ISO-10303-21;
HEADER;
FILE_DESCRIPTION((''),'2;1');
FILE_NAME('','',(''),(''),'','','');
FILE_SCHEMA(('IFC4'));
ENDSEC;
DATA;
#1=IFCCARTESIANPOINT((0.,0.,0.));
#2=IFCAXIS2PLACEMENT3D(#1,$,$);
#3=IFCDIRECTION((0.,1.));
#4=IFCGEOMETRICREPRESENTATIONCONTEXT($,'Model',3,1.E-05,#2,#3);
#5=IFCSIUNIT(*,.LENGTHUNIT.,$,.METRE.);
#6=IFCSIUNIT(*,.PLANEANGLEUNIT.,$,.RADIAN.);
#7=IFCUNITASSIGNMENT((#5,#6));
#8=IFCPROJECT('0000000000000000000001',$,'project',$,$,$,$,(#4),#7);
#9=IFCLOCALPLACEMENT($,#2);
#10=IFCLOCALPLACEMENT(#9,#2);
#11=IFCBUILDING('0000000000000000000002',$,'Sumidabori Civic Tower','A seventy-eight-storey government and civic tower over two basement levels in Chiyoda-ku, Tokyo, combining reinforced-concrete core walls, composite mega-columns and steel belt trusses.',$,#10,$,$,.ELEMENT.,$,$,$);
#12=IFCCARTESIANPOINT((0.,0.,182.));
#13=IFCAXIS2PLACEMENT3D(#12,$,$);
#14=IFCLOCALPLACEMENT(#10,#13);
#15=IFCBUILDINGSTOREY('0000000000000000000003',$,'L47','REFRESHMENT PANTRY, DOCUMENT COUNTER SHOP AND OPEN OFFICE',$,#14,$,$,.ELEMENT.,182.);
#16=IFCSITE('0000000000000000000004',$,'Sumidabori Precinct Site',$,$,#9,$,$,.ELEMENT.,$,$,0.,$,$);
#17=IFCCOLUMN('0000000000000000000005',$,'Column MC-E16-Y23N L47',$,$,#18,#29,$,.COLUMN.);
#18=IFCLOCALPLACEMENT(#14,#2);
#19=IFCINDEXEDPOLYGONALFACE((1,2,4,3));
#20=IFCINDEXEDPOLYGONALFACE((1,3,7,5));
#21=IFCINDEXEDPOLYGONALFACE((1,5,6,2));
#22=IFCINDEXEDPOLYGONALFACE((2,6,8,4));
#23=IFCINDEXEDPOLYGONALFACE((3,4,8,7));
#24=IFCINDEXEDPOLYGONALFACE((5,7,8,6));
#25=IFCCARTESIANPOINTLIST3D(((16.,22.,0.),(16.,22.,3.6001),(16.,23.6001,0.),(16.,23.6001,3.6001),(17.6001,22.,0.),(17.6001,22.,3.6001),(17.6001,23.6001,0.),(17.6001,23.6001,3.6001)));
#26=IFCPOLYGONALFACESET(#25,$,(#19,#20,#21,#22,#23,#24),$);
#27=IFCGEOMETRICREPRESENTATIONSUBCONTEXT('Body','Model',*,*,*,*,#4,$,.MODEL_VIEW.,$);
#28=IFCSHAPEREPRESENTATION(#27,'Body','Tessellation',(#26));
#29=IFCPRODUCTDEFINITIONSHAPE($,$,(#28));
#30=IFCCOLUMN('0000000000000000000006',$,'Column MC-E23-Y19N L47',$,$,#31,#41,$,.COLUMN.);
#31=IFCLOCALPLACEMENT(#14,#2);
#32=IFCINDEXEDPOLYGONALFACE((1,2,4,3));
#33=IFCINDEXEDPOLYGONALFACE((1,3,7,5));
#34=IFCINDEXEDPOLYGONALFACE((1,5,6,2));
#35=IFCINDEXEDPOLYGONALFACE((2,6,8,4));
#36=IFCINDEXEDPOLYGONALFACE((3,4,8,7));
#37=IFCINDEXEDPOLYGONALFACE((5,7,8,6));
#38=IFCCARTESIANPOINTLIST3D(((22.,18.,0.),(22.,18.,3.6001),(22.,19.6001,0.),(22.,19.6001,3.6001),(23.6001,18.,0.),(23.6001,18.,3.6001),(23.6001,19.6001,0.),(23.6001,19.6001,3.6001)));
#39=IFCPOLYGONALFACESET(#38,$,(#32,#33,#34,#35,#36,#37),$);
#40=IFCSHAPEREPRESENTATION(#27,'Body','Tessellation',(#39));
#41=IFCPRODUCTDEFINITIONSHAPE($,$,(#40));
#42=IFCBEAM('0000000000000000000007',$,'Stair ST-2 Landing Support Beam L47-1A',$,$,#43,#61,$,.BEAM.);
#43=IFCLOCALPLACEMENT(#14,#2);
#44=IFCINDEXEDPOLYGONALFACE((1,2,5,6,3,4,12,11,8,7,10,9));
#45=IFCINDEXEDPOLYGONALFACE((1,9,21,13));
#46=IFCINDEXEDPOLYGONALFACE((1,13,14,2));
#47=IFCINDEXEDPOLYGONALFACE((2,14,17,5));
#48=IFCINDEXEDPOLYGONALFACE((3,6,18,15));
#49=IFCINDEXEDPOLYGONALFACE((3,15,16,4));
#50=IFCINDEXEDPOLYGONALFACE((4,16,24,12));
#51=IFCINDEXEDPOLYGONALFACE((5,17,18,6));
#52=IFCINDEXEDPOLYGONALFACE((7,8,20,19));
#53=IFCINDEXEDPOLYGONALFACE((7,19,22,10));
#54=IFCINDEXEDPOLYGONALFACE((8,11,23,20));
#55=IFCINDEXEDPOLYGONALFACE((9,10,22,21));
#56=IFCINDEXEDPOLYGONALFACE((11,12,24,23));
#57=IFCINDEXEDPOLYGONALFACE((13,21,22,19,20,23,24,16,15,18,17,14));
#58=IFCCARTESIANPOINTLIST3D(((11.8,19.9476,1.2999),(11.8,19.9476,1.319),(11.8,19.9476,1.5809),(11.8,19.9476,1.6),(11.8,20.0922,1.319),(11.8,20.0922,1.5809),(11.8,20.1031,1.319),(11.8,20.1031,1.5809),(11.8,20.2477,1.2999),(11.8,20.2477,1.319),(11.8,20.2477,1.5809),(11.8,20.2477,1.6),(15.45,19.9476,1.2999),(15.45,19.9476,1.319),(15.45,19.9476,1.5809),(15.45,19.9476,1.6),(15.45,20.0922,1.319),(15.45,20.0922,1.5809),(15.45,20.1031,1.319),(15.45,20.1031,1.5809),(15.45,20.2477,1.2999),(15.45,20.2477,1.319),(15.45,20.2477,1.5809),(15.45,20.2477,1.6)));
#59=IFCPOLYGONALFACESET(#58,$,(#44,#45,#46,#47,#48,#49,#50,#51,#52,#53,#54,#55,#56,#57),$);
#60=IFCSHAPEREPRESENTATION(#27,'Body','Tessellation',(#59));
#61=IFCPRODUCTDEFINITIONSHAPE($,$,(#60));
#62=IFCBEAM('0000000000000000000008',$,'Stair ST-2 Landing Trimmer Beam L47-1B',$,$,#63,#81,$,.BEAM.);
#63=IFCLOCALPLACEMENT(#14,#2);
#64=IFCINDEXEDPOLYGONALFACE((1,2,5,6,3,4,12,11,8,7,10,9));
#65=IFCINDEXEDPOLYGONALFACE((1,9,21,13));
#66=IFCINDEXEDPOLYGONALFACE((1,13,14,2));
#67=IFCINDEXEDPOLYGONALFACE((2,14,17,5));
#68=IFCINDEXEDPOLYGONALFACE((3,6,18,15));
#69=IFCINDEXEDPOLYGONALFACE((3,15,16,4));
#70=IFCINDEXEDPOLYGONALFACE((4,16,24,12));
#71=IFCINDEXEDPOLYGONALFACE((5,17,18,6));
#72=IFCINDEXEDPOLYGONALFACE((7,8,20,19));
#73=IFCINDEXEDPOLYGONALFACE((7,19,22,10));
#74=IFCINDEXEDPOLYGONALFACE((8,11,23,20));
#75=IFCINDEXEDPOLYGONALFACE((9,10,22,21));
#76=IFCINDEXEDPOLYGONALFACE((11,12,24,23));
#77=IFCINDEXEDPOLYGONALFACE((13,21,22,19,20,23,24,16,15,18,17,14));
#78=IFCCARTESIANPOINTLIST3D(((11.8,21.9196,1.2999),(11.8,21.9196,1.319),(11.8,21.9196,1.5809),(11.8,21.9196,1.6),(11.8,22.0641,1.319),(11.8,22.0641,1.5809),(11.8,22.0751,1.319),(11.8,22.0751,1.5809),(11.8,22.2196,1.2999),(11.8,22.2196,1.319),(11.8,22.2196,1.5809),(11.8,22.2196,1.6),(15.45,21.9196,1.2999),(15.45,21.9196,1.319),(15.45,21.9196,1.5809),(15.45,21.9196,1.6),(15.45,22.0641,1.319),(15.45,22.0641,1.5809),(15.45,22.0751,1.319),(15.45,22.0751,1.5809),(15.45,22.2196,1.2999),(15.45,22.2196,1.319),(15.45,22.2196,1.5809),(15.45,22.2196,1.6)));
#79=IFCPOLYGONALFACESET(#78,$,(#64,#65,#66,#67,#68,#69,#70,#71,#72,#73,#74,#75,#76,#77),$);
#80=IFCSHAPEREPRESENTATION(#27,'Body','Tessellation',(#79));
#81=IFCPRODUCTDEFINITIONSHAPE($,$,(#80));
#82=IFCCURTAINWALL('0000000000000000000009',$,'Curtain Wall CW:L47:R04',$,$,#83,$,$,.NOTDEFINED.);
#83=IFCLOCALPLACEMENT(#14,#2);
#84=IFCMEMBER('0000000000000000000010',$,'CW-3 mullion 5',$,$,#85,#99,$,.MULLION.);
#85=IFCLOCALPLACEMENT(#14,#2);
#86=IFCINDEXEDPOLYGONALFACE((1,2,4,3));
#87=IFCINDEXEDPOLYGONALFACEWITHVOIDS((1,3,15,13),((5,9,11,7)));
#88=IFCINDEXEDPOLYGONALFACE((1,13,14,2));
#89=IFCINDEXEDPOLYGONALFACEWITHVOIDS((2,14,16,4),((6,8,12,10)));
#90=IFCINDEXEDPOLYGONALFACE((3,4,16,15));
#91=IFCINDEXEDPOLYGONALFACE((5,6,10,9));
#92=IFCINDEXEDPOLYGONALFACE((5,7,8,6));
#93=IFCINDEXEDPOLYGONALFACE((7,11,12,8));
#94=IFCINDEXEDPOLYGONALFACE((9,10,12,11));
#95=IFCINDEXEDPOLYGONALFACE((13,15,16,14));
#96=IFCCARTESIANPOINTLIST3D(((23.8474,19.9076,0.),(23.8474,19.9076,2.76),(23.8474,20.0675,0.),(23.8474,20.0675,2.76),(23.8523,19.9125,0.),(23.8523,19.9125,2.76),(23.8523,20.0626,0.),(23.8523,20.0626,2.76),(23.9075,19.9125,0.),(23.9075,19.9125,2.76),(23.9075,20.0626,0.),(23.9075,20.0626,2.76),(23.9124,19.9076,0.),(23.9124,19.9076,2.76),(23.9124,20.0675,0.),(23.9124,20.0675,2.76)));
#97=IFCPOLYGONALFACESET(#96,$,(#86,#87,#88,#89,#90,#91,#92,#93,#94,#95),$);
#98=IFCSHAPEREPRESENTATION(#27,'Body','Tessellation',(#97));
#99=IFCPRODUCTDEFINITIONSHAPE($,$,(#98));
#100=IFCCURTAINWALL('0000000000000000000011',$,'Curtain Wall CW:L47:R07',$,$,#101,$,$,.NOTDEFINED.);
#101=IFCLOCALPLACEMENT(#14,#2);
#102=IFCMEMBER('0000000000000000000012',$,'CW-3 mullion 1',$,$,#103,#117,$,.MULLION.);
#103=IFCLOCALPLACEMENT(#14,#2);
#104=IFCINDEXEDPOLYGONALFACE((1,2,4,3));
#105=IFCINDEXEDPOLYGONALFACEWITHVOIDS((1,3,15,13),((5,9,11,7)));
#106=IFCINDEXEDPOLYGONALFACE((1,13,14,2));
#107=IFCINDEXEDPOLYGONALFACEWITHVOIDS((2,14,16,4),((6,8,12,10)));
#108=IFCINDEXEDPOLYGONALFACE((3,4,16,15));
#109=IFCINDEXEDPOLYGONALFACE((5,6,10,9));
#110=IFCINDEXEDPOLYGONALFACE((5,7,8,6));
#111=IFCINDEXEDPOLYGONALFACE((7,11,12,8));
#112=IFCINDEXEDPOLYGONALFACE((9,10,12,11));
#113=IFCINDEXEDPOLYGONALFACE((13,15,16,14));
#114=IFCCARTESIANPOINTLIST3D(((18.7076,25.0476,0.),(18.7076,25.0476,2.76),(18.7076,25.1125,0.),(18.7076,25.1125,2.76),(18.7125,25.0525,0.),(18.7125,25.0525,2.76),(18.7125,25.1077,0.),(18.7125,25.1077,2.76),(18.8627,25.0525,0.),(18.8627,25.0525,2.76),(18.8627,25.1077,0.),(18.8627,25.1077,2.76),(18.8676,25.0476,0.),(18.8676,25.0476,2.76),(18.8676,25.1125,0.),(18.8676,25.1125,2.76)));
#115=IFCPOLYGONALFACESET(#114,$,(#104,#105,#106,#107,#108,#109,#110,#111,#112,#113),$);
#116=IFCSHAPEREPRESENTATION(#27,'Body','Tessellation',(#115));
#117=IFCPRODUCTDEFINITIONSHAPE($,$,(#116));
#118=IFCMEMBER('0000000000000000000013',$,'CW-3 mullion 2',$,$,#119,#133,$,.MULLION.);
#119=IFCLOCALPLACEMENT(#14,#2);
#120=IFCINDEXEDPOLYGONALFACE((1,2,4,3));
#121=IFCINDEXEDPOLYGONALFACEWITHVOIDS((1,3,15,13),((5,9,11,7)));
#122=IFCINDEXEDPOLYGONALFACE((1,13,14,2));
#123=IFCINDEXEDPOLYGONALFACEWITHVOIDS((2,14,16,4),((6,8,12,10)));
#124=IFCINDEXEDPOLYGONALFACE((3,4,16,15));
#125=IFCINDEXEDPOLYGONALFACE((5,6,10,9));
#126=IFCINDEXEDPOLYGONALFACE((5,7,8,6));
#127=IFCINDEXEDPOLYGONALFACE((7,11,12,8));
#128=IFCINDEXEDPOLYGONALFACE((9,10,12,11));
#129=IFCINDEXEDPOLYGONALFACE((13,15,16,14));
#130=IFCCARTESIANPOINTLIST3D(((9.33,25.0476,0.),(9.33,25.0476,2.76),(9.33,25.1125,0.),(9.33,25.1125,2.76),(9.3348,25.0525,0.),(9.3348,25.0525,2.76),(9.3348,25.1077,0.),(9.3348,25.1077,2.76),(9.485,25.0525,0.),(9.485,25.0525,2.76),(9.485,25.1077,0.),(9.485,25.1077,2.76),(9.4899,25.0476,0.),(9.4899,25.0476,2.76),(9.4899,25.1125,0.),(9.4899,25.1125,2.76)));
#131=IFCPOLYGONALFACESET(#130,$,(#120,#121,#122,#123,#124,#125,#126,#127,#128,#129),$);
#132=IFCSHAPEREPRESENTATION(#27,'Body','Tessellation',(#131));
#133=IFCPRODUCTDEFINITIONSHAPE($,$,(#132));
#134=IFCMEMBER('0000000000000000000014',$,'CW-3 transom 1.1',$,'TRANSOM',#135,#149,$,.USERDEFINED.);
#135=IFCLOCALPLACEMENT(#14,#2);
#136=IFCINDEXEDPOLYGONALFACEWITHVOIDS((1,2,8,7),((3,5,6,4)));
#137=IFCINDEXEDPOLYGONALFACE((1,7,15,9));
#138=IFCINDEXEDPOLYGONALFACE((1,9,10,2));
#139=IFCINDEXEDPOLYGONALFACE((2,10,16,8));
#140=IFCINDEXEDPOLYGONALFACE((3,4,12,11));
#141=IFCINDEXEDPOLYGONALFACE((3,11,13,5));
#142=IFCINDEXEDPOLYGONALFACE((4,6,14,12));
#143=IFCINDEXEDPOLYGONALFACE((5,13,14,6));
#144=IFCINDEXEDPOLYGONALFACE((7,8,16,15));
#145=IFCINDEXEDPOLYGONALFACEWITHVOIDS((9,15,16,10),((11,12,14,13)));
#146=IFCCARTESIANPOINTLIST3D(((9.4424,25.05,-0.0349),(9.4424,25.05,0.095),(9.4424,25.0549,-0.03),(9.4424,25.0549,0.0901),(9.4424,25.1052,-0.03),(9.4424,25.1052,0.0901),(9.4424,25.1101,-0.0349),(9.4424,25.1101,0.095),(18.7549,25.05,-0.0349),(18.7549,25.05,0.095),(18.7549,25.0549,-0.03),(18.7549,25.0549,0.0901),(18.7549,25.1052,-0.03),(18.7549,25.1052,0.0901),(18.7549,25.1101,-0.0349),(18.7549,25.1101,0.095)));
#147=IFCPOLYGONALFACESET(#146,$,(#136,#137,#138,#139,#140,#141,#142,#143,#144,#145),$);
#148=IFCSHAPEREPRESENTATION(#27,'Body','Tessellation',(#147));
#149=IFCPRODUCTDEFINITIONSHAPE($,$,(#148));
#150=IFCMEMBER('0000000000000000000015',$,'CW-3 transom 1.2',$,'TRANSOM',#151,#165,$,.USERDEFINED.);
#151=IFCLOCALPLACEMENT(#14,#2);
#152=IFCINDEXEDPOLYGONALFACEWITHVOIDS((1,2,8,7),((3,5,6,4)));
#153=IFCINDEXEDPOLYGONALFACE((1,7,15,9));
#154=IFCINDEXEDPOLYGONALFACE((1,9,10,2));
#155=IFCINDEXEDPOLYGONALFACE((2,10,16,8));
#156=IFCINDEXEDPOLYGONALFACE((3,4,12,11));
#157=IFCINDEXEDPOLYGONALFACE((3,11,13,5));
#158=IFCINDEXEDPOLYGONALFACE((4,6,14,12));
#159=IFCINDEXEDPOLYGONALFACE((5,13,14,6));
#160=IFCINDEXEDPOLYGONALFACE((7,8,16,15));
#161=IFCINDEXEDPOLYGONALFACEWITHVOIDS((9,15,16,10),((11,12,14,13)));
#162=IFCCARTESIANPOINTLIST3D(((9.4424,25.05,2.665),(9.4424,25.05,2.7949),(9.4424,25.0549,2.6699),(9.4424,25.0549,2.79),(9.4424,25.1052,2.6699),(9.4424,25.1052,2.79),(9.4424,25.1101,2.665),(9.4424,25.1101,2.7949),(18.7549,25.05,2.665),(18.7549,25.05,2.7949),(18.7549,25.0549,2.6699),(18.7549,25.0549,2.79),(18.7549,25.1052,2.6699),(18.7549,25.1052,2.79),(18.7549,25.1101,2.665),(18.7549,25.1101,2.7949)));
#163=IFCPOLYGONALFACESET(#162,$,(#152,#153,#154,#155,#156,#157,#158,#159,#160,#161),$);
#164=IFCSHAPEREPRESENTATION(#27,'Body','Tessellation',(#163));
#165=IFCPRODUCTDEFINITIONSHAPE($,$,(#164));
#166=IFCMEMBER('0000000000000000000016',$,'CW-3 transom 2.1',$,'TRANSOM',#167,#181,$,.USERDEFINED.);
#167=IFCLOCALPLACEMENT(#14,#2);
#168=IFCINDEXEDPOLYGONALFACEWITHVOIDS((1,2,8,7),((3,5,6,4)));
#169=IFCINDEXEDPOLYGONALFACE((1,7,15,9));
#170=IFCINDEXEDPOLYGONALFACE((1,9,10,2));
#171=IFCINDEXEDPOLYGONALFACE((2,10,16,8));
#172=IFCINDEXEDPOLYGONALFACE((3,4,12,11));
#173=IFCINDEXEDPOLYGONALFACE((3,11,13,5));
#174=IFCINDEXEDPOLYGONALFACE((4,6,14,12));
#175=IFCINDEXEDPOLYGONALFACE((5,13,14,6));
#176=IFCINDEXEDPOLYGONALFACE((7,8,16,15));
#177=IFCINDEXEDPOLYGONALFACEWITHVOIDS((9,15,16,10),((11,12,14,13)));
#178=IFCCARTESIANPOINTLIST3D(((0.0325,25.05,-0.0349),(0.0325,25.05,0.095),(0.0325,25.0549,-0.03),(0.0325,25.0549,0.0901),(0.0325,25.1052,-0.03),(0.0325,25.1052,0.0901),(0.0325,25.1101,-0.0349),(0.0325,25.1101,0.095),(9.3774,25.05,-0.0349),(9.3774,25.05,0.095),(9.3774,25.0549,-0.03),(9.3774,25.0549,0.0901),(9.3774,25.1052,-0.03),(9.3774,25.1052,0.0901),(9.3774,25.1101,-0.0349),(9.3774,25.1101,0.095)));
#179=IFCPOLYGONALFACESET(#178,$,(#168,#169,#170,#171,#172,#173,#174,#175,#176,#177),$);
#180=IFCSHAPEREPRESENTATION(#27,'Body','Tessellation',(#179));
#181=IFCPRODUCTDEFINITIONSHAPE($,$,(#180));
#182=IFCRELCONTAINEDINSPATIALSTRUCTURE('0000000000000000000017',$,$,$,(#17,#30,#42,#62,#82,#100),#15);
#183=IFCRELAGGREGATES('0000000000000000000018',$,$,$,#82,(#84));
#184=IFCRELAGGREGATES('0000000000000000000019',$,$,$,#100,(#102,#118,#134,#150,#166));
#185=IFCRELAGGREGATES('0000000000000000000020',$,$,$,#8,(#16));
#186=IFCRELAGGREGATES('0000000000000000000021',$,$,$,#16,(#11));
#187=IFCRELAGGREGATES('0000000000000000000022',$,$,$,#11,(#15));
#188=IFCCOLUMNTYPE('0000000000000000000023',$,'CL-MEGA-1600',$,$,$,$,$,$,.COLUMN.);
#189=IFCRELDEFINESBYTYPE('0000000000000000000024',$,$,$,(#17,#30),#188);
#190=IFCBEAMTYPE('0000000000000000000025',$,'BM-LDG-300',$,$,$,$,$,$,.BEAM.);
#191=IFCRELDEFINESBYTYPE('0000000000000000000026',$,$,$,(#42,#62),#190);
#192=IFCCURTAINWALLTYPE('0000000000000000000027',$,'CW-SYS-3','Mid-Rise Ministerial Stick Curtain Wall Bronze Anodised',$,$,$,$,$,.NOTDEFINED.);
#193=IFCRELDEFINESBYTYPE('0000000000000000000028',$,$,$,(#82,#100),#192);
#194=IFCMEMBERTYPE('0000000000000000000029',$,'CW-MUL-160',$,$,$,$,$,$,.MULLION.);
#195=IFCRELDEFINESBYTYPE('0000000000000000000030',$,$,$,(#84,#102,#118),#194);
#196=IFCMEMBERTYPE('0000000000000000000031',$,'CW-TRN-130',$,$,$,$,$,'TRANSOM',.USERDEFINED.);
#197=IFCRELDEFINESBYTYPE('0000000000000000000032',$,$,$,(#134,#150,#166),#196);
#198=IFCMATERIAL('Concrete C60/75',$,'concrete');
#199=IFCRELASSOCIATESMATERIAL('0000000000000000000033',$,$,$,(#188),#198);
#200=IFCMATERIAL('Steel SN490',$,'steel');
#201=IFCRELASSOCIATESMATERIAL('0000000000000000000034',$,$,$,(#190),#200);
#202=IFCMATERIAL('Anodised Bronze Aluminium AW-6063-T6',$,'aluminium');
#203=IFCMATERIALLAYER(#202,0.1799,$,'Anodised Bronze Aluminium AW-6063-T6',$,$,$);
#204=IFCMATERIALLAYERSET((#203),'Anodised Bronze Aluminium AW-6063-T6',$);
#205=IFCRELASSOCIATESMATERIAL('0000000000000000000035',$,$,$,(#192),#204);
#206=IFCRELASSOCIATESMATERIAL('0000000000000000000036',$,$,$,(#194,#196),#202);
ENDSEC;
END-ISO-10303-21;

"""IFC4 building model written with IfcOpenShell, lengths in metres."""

from ifc_helpers import new_model, si_unit, direction, frame, origin, origin_2d, place, context, subcontext, project, spatial, rectangle, hollow_rectangle, i_section, extrude, source, transform, mapped, material, layer, layer_set, material_profile, profile_set, type_object, element, aggregate, save


model = new_model("IFC4")

# Units and contexts
model_context = context("Model", 3, precision=1e-05, world=origin(), true_north=direction((0.0, 1.0)))
body_context = subcontext(model_context, "Body", "Model", "MODEL_VIEW")
ifc_project = project(units=[si_unit("LENGTHUNIT", "METRE"), si_unit("PLANEANGLEUNIT", "RADIAN")], contexts=[model_context])

# Site, building, storey
site_placement = place(None, origin())
site = spatial("IfcSite", under=ifc_project, at=site_placement, Name="Sumidabori Precinct Site", CompositionType="ELEMENT", RefElevation=0.0)
building_placement = place(site_placement, origin())
building = spatial("IfcBuilding", under=site, at=building_placement, Name="Sumidabori Civic Tower", Description="A seventy-eight-storey government and civic tower over two basement levels in Chiyoda-ku, Tokyo, combining reinforced-concrete core walls, composite mega-columns and steel belt trusses.", CompositionType="ELEMENT")
storey_placement = place(building_placement, frame((0.0, 0.0, 182.0)))
storey = spatial("IfcBuildingStorey", under=building, at=storey_placement, Name="L47", Description="REFRESHMENT PANTRY, DOCUMENT COUNTER SHOP AND OPEN OFFICE", CompositionType="ELEMENT", Elevation=182.0)

# Columns
ifc_material_1 = material(Name="Concrete C60/75", Category="concrete")
ifc_material_profile_1 = material_profile(ifc_material_1, rectangle(XDim=1.6001, YDim=1.6001, at=origin_2d()), Name="RC 1600x1600")
ifc_profile_set_1 = profile_set([ifc_material_profile_1], Name="Concrete C60/75")
column_type = type_object("IfcColumnType", Name="CL-MEGA-1600", PredefinedType="COLUMN", material=ifc_profile_set_1)
shared_shape_1 = source(origin(), body_context, "Body", "SweptSolid", [
    extrude(rectangle(XDim=1.6001, YDim=1.6001, at=origin_2d()), origin(), (0.0, 0.0, 1.0), 3.6001),
])
for number, where, z_axis, x_axis, name in (
    (1, (16.8, 22.8, 0.0), (0.0, 0.0, 1.0), (1.0, 0.0, 0.0), "Column MC-E16-Y23N L47"),
    (2, (22.8, 18.8, 0.0), (0.0, 0.0, 1.0), (1.0, 0.0, 0.0), "Column MC-E23-Y19N L47"),
):
    element("IfcColumn", number, at=place(storey_placement, frame(where, z_axis=z_axis, x_axis=x_axis)), inside=storey, type_object=column_type, Name=name, PredefinedType="COLUMN", context=body_context, shape_type="MappedRepresentation", body=[
        mapped(shared_shape_1, transform((0.0, 0.0, 0.0), x_axis=(1.0, 0.0, 0.0), y_axis=(0.0, 1.0, 0.0), z_axis=(0.0, 0.0, 1.0), scale=1.0)),
    ])

# Beams
ifc_material_2 = material(Name="Steel SN490", Category="steel")
ifc_material_profile_2 = material_profile(ifc_material_2, i_section(OverallWidth=0.3, OverallDepth=0.3, WebThickness=0.011, FlangeThickness=0.019, at=origin_2d()), Name="HE 300 B")
ifc_profile_set_2 = profile_set([ifc_material_profile_2], Name="Steel SN490")
beam_type = type_object("IfcBeamType", Name="BM-LDG-300", PredefinedType="BEAM", material=ifc_profile_set_2)
shared_shape_2 = source(origin(), body_context, "Body", "SweptSolid", [
    extrude(i_section(OverallWidth=0.3, OverallDepth=0.3, WebThickness=0.011, FlangeThickness=0.019, at=origin_2d()), origin(), (0.0, 0.0, 1.0), 3.6499),
])
for number, where, z_axis, x_axis, name in (
    (3, (11.8, 20.0977, 1.45), (1.0, 0.0, 0.0), (0.0, 1.0, 0.0), "Stair ST-2 Landing Support Beam L47-1A"),
    (4, (11.8, 22.0696, 1.45), (1.0, 0.0, 0.0), (0.0, 1.0, 0.0), "Stair ST-2 Landing Trimmer Beam L47-1B"),
):
    element("IfcBeam", number, at=place(storey_placement, frame(where, z_axis=z_axis, x_axis=x_axis)), inside=storey, type_object=beam_type, Name=name, PredefinedType="BEAM", context=body_context, shape_type="MappedRepresentation", body=[
        mapped(shared_shape_2, transform((0.0, 0.0, 0.0), x_axis=(1.0, 0.0, 0.0), y_axis=(0.0, 1.0, 0.0), z_axis=(0.0, 0.0, 1.0), scale=1.0)),
    ])

# Curtain wall, member
ifc_material_3 = material(Name="Anodised Bronze Aluminium AW-6063-T6", Category="aluminium")
ifc_layer_1 = layer(ifc_material_3, 0.1799, Name="Anodised Bronze Aluminium AW-6063-T6")
ifc_layer_set_1 = layer_set([ifc_layer_1], Name="Anodised Bronze Aluminium AW-6063-T6")
curtain_wall_type = type_object("IfcCurtainWallType", Name="CW-SYS-3", Description="Mid-Rise Ministerial Stick Curtain Wall Bronze Anodised", PredefinedType="NOTDEFINED", material=ifc_layer_set_1)
curtain_wall_1_placement = place(storey_placement, origin())
curtain_wall_1 = element("IfcCurtainWall", 5, at=curtain_wall_1_placement, inside=storey, type_object=curtain_wall_type, Name="Curtain Wall CW:L47:R04", PredefinedType="NOTDEFINED")
ifc_material_profile_3 = material_profile(ifc_material_3, hollow_rectangle(XDim=0.0649, YDim=0.1599, WallThickness=0.0049, at=origin_2d()), Name="ALU MULLION 160x65")
ifc_profile_set_3 = profile_set([ifc_material_profile_3], Name="Anodised Bronze Aluminium AW-6063-T6")
member_type_1 = type_object("IfcMemberType", Name="CW-MUL-160", PredefinedType="MULLION", material=ifc_profile_set_3)
shared_shape_3 = source(origin(), body_context, "Body", "SweptSolid", [
    extrude(hollow_rectangle(XDim=0.0649, YDim=0.1599, WallThickness=0.0049, at=origin_2d()), origin(), (0.0, 0.0, 1.0), 2.76),
])
member_1_placement = place(storey_placement, frame((23.8799, 19.9875, 0.0), z_axis=(0.0, 0.0, 1.0), x_axis=(-1.0, 0.0, 0.0)))
member_1 = element("IfcMember", 6, at=member_1_placement, type_object=member_type_1, Name="CW-3 mullion 5", PredefinedType="MULLION", context=body_context, shape_type="MappedRepresentation", body=[
    mapped(shared_shape_3, transform((0.0, 0.0, 0.0), x_axis=(1.0, 0.0, 0.0), y_axis=(0.0, 1.0, 0.0), z_axis=(0.0, 0.0, 1.0), scale=1.0)),
])

# Curtain wall, members
curtain_wall_2_placement = place(storey_placement, origin())
curtain_wall_2 = element("IfcCurtainWall", 7, at=curtain_wall_2_placement, inside=storey, type_object=curtain_wall_type, Name="Curtain Wall CW:L47:R07", PredefinedType="NOTDEFINED")
member_2_placement = place(storey_placement, frame((18.7876, 25.0801, 0.0), z_axis=(0.0, 0.0, 1.0), x_axis=(0.0, -1.0, 0.0)))
member_2 = element("IfcMember", 8, at=member_2_placement, type_object=member_type_1, Name="CW-3 mullion 1", PredefinedType="MULLION", context=body_context, shape_type="MappedRepresentation", body=[
    mapped(shared_shape_3, transform((0.0, 0.0, 0.0), x_axis=(1.0, 0.0, 0.0), y_axis=(0.0, 1.0, 0.0), z_axis=(0.0, 0.0, 1.0), scale=1.0)),
])
member_3_placement = place(storey_placement, frame((9.4099, 25.0801, 0.0), z_axis=(0.0, 0.0, 1.0), x_axis=(0.0, -1.0, 0.0)))
member_3 = element("IfcMember", 9, at=member_3_placement, type_object=member_type_1, Name="CW-3 mullion 2", PredefinedType="MULLION", context=body_context, shape_type="MappedRepresentation", body=[
    mapped(shared_shape_3, transform((0.0, 0.0, 0.0), x_axis=(1.0, 0.0, 0.0), y_axis=(0.0, 1.0, 0.0), z_axis=(0.0, 0.0, 1.0), scale=1.0)),
])
ifc_material_profile_4 = material_profile(ifc_material_3, hollow_rectangle(XDim=0.0601, YDim=0.1299, WallThickness=0.0049, at=origin_2d()), Name="ALU TRANSOM 130x60")
ifc_profile_set_4 = profile_set([ifc_material_profile_4], Name="Anodised Bronze Aluminium AW-6063-T6")
member_type_2 = type_object("IfcMemberType", Name="CW-TRN-130", ElementType="TRANSOM", PredefinedType="USERDEFINED", material=ifc_profile_set_4)
shared_shape_4 = source(origin(), body_context, "Body", "SweptSolid", [
    extrude(hollow_rectangle(XDim=0.0601, YDim=0.1299, WallThickness=0.0049, at=origin_2d()), origin(), (0.0, 0.0, 1.0), 9.3125),
])
member_4_placement = place(storey_placement, frame((18.7549, 25.0801, 0.03), z_axis=(-1.0, 0.0, 0.0), x_axis=(0.0, -1.0, 0.0)))
member_4 = element("IfcMember", 10, at=member_4_placement, type_object=member_type_2, Name="CW-3 transom 1.1", ObjectType="TRANSOM", PredefinedType="USERDEFINED", context=body_context, shape_type="MappedRepresentation", body=[
    mapped(shared_shape_4, transform((0.0, 0.0, 0.0), x_axis=(1.0, 0.0, 0.0), y_axis=(0.0, 1.0, 0.0), z_axis=(0.0, 0.0, 1.0), scale=1.0)),
])
member_5_placement = place(storey_placement, frame((18.7549, 25.0801, 2.73), z_axis=(-1.0, 0.0, 0.0), x_axis=(0.0, -1.0, 0.0)))
member_5 = element("IfcMember", 11, at=member_5_placement, type_object=member_type_2, Name="CW-3 transom 1.2", ObjectType="TRANSOM", PredefinedType="USERDEFINED", context=body_context, shape_type="MappedRepresentation", body=[
    mapped(shared_shape_4, transform((0.0, 0.0, 0.0), x_axis=(1.0, 0.0, 0.0), y_axis=(0.0, 1.0, 0.0), z_axis=(0.0, 0.0, 1.0), scale=1.0)),
])
shared_shape_5 = source(origin(), body_context, "Body", "SweptSolid", [
    extrude(hollow_rectangle(XDim=0.0601, YDim=0.1299, WallThickness=0.0049, at=origin_2d()), origin(), (0.0, 0.0, 1.0), 9.345),
])
member_6_placement = place(storey_placement, frame((9.3774, 25.0801, 0.03), z_axis=(-1.0, 0.0, 0.0), x_axis=(0.0, -1.0, 0.0)))
member_6 = element("IfcMember", 12, at=member_6_placement, type_object=member_type_2, Name="CW-3 transom 2.1", ObjectType="TRANSOM", PredefinedType="USERDEFINED", context=body_context, shape_type="MappedRepresentation", body=[
    mapped(shared_shape_5, transform((0.0, 0.0, 0.0), x_axis=(1.0, 0.0, 0.0), y_axis=(0.0, 1.0, 0.0), z_axis=(0.0, 0.0, 1.0), scale=1.0)),
])

aggregate(curtain_wall_1, [member_1])
aggregate(curtain_wall_2, [member_2, member_3, member_4, member_5, member_6])

save(model, "model.ifc")
